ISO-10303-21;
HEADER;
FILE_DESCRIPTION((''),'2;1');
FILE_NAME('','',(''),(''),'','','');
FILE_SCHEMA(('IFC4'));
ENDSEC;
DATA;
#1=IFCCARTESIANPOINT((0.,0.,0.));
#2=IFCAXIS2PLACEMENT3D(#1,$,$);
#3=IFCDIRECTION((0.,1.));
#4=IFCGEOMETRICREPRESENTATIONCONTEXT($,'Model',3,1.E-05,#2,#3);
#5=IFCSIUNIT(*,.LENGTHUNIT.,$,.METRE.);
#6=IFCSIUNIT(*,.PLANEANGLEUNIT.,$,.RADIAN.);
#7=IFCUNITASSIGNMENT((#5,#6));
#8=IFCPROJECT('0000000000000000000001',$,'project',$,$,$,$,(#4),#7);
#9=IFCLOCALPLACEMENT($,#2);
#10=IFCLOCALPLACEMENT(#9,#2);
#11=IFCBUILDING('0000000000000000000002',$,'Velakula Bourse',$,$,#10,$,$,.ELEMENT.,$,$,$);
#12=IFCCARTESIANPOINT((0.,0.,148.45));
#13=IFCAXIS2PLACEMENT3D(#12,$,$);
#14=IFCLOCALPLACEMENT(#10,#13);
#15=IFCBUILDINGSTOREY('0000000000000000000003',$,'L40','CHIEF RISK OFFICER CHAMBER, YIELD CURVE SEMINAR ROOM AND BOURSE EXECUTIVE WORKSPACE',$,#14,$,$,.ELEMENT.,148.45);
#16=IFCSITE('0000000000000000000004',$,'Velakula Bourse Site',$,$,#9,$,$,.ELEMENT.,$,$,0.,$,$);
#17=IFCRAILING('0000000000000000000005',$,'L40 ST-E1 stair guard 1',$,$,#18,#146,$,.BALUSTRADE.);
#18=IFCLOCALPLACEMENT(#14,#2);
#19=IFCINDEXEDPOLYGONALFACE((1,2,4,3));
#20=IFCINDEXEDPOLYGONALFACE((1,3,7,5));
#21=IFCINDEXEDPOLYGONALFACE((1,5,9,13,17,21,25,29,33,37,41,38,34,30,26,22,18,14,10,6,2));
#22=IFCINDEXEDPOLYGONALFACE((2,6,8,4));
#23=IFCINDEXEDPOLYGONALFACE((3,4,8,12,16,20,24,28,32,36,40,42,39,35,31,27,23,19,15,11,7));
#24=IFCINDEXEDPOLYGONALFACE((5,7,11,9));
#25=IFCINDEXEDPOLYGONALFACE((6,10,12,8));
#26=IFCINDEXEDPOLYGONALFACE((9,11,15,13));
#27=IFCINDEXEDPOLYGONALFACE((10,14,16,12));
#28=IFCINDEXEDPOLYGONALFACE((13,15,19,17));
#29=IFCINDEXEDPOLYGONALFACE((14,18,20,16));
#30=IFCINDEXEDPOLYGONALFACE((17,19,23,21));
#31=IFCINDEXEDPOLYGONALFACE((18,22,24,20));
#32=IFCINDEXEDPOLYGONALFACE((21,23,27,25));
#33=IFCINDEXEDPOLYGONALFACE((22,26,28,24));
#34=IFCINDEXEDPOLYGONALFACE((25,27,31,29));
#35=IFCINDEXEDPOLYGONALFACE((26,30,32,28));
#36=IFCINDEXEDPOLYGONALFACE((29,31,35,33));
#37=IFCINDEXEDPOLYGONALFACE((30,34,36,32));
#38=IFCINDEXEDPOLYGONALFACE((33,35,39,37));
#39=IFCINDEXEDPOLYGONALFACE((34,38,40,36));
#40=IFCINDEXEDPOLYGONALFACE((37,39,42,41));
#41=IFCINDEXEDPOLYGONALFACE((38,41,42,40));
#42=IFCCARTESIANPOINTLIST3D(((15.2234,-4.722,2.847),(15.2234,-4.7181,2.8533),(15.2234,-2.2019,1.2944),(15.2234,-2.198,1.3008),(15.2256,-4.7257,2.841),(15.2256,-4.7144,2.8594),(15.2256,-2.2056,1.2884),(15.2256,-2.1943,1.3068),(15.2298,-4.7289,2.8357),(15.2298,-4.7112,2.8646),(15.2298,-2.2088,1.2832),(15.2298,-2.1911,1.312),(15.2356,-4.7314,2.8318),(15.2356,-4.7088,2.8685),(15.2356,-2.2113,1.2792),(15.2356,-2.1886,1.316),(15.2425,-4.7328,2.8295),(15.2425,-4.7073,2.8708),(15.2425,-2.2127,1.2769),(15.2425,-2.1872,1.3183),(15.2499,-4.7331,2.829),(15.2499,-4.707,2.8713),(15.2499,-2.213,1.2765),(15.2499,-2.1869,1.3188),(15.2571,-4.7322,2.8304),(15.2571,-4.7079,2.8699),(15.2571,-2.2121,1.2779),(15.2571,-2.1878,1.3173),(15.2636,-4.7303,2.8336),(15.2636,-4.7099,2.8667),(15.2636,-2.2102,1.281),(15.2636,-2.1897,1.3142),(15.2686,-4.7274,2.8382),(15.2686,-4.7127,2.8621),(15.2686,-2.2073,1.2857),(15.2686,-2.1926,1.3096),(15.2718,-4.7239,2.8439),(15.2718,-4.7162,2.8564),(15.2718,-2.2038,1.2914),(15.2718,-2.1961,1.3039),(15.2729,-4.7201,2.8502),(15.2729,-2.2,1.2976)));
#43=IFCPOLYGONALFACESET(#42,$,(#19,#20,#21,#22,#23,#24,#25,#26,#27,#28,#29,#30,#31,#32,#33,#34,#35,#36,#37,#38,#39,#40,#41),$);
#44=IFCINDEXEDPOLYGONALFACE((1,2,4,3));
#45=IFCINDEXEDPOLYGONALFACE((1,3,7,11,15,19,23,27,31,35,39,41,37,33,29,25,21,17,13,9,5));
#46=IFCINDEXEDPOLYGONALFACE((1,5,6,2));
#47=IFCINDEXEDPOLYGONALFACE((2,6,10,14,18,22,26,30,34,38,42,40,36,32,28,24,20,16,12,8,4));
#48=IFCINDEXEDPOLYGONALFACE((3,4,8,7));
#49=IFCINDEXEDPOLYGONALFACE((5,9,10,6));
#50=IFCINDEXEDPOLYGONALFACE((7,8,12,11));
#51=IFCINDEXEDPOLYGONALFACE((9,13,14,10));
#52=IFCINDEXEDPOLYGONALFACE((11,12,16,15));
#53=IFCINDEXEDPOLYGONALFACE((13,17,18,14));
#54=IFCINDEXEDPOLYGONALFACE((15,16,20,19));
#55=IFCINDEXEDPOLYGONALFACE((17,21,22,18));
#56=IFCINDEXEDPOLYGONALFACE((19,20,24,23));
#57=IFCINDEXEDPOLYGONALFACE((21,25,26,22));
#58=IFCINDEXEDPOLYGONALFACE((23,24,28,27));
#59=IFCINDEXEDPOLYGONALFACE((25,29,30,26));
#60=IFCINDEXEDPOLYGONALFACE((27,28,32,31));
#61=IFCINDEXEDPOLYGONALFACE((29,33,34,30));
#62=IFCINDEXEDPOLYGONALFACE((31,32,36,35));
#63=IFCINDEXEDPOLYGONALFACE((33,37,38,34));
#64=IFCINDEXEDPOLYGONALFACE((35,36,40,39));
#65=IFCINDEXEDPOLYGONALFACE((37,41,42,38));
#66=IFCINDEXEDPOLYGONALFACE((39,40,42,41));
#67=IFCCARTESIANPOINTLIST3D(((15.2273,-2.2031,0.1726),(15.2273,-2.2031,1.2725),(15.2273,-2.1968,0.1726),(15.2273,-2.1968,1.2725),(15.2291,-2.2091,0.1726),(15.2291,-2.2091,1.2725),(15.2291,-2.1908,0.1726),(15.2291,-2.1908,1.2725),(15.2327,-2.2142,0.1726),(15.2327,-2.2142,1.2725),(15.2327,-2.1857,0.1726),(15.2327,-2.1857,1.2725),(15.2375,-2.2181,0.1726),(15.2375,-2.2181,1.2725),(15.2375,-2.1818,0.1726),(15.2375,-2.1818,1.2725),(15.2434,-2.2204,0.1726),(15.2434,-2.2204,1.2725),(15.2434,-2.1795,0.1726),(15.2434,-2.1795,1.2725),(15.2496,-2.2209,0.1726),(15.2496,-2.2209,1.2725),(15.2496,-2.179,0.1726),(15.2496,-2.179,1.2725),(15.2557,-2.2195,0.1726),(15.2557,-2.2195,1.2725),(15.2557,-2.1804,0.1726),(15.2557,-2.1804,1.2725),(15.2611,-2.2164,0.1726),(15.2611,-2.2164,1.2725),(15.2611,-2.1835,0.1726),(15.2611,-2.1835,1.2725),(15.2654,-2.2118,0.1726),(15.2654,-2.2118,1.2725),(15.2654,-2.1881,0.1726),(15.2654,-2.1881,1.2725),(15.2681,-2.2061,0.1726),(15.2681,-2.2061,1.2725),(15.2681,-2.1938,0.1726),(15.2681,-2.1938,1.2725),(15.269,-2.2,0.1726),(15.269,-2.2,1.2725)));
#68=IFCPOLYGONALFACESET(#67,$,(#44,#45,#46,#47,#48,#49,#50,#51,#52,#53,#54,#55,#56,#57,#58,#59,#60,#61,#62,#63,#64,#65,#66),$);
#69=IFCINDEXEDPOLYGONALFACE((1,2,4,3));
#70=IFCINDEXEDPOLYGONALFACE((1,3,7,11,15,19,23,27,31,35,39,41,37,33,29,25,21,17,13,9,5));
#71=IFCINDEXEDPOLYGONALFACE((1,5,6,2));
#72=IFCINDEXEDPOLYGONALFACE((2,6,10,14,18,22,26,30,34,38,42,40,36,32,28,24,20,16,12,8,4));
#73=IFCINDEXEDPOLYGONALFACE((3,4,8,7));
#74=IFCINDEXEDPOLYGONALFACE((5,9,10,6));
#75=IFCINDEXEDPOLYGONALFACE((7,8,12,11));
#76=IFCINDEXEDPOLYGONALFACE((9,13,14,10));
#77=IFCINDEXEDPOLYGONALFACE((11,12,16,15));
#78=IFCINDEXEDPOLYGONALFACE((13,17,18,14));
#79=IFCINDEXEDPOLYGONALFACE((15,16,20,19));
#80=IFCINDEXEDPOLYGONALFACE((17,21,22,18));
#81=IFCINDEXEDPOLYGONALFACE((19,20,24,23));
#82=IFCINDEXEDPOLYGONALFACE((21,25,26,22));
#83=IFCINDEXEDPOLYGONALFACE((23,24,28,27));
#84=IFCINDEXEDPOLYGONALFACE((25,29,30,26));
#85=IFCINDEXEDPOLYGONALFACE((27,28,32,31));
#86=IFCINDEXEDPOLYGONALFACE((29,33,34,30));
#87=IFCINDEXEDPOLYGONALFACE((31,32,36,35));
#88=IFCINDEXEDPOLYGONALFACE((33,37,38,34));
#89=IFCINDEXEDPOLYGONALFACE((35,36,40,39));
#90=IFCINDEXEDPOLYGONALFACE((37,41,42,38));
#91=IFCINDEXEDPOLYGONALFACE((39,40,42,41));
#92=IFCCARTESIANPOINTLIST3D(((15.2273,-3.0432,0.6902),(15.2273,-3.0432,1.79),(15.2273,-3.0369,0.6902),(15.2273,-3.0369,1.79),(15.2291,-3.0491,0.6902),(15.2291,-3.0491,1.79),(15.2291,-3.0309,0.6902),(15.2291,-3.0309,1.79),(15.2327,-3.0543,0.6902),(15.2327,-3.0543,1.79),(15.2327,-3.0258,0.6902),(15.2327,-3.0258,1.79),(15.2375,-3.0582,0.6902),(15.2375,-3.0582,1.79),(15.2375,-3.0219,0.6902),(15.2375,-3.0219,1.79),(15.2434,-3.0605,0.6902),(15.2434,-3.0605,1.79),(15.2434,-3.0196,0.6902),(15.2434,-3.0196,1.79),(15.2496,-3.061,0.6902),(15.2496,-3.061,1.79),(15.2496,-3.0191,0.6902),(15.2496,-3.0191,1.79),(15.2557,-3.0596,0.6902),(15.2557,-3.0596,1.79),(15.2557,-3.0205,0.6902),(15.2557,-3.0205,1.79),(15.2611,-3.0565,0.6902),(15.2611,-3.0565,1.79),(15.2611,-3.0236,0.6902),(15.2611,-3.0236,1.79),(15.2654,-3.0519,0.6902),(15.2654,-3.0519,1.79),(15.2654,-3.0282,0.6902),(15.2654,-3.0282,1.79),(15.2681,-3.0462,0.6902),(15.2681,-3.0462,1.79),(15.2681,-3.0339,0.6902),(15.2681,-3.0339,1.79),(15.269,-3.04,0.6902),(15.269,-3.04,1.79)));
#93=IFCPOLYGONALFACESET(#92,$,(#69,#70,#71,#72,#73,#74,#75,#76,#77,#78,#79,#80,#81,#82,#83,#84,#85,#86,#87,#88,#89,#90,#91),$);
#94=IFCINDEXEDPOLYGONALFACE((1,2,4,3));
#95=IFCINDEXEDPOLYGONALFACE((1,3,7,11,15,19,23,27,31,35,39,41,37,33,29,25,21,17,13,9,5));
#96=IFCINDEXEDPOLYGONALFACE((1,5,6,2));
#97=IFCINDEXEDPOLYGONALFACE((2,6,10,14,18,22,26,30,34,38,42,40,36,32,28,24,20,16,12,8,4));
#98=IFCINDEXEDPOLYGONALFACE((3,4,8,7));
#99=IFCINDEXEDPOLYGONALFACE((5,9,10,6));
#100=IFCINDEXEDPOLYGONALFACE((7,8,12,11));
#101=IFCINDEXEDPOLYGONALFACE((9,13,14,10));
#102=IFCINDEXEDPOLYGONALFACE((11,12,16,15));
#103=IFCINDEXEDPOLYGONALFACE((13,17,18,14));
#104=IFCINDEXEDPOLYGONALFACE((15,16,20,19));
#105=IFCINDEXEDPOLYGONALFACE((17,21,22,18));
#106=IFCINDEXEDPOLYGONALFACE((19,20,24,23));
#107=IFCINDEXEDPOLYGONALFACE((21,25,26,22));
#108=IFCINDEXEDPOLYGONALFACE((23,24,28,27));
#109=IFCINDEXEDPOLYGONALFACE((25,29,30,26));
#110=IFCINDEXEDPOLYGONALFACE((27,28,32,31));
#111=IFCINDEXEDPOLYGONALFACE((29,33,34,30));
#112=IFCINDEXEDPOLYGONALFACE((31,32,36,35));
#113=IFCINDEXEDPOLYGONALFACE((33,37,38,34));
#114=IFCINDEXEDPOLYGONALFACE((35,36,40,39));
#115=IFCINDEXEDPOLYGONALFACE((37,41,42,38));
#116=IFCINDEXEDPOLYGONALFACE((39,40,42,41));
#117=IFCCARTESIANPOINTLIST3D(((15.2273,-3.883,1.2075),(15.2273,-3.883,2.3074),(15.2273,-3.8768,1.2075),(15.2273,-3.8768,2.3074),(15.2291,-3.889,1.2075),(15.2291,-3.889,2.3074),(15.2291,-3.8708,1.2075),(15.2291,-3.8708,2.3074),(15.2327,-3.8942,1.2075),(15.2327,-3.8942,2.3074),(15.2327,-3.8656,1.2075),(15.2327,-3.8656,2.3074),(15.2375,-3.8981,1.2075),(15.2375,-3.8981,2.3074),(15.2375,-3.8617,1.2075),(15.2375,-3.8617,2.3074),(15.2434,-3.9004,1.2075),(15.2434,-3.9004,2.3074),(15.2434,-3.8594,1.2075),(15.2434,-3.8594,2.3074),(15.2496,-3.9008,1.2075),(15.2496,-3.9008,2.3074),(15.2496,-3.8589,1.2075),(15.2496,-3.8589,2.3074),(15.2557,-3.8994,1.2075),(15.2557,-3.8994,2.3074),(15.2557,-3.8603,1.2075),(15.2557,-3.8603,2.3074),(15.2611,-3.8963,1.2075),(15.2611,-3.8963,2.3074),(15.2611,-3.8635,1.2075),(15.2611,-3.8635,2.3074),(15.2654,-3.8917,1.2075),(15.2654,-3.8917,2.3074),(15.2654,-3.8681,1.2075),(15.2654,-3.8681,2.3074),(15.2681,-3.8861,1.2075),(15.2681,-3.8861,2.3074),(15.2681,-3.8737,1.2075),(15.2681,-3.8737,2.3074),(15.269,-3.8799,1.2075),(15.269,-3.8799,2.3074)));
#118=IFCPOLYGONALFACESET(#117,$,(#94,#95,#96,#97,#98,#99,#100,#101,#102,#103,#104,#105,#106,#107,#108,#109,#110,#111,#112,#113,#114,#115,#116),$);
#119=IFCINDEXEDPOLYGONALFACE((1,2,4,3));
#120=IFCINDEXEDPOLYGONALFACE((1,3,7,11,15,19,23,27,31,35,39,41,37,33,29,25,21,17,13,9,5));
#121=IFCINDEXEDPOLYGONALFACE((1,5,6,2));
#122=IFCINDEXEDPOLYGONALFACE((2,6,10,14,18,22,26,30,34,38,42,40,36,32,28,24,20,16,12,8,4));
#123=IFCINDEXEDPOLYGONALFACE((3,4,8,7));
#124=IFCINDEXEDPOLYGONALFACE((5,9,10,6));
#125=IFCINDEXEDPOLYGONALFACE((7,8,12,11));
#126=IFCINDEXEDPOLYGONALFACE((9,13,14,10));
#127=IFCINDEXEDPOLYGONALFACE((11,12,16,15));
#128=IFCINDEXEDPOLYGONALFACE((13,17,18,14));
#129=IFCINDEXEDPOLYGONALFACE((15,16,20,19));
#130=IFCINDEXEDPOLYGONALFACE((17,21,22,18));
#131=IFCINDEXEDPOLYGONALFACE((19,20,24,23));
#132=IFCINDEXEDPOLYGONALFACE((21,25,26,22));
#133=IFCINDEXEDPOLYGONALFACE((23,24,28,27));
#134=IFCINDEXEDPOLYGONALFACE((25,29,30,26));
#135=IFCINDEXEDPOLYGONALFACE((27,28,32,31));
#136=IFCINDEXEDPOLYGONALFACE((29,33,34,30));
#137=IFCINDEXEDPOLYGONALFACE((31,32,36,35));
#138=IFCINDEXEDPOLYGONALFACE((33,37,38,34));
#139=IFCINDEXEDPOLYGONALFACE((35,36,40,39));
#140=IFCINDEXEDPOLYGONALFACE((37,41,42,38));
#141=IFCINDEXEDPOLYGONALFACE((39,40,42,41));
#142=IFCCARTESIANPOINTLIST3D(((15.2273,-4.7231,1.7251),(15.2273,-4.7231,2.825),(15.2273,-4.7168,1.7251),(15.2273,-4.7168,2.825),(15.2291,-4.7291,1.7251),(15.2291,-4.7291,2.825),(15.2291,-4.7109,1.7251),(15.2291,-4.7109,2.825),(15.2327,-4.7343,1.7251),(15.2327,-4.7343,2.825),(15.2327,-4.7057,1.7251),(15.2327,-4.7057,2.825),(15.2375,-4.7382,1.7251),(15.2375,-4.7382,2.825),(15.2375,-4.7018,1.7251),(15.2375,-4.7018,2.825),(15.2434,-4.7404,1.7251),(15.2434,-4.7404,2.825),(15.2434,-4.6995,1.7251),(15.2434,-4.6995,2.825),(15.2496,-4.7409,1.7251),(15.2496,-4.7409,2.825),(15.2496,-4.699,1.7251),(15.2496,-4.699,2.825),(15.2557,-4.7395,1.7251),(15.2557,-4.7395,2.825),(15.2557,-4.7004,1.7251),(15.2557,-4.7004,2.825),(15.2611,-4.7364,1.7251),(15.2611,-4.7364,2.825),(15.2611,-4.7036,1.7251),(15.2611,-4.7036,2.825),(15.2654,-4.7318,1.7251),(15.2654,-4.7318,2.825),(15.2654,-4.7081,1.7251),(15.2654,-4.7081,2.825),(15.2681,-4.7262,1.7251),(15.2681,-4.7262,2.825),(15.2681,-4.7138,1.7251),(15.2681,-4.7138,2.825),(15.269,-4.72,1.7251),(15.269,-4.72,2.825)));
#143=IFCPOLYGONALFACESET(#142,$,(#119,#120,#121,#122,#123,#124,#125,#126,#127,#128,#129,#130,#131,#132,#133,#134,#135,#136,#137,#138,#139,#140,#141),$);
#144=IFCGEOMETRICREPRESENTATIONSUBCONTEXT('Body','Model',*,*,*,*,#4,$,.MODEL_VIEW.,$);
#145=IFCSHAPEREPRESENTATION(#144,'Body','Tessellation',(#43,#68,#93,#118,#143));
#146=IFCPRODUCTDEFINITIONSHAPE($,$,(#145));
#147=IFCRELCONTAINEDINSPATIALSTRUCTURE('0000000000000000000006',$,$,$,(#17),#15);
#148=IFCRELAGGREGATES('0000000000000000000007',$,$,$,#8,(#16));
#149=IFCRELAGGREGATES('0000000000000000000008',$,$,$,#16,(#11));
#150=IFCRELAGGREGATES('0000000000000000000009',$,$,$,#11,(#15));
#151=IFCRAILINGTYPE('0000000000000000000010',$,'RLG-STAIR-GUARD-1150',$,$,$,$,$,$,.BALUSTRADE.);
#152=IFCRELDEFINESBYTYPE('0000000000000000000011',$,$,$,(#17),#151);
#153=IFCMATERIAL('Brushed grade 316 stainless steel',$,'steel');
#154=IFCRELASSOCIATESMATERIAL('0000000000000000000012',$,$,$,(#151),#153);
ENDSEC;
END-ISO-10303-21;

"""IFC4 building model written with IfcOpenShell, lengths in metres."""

from ifc_helpers import new_model, si_unit, direction, frame, origin, origin_2d, place, context, subcontext, project, spatial, circle, extrude, material, type_object, element, save


model = new_model("IFC4")

# Units and contexts
model_context = context("Model", 3, precision=1e-05, world=origin(), true_north=direction((0.0, 1.0)))
body_context = subcontext(model_context, "Body", "Model", "MODEL_VIEW")
ifc_project = project(units=[si_unit("LENGTHUNIT", "METRE"), si_unit("PLANEANGLEUNIT", "RADIAN")], contexts=[model_context])

# Site, building, storey
site_placement = place(None, origin())
site = spatial("IfcSite", under=ifc_project, at=site_placement, Name="Velakula Bourse Site", CompositionType="ELEMENT", RefElevation=0.0)
building_placement = place(site_placement, origin())
building = spatial("IfcBuilding", under=site, at=building_placement, Name="Velakula Bourse", CompositionType="ELEMENT")
storey_placement = place(building_placement, frame((0.0, 0.0, 148.45)))
storey = spatial("IfcBuildingStorey", under=building, at=storey_placement, Name="L40", Description="CHIEF RISK OFFICER CHAMBER, YIELD CURVE SEMINAR ROOM AND BOURSE EXECUTIVE WORKSPACE", CompositionType="ELEMENT", Elevation=148.45)

# Shared definitions
ifc_material_1 = material(Name="Brushed grade 316 stainless steel", Category="steel")

# Railing
railing_type_1 = type_object("IfcRailingType", Name="RLG-STAIR-GUARD-1150", PredefinedType="BALUSTRADE", material=ifc_material_1)
railing_1_placement = place(storey_placement, frame((15.248, -2.2, 0.1726)))
element("IfcRailing", 1, at=railing_1_placement, inside=storey, type_object=railing_type_1, Name="L40 ST-E1 stair guard 1", PredefinedType="BALUSTRADE", context=body_context, shape_type="SweptSolid", body=[
    extrude(circle(Radius=0.0249, at=origin_2d()), frame((0.0, 0.0, 1.125), z_axis=(0.0, -0.8514, 0.524516), x_axis=(1.0, 0.0, 0.0)), (0.0, 0.0, 1.0), 2.96),
    extrude(circle(Radius=0.021, at=origin_2d()), origin(), (0.0, 0.0, 1.0), 1.0999),
    extrude(circle(Radius=0.021, at=origin_2d()), frame((0.0, -0.8401, 0.5176)), (0.0, 0.0, 1.0), 1.0999),
    extrude(circle(Radius=0.021, at=origin_2d()), frame((0.0, -1.6799, 1.0349)), (0.0, 0.0, 1.0), 1.0999),
    extrude(circle(Radius=0.021, at=origin_2d()), frame((0.0, -2.52, 1.5525)), (0.0, 0.0, 1.0), 1.0999),
])

save(model, "model.ifc")
